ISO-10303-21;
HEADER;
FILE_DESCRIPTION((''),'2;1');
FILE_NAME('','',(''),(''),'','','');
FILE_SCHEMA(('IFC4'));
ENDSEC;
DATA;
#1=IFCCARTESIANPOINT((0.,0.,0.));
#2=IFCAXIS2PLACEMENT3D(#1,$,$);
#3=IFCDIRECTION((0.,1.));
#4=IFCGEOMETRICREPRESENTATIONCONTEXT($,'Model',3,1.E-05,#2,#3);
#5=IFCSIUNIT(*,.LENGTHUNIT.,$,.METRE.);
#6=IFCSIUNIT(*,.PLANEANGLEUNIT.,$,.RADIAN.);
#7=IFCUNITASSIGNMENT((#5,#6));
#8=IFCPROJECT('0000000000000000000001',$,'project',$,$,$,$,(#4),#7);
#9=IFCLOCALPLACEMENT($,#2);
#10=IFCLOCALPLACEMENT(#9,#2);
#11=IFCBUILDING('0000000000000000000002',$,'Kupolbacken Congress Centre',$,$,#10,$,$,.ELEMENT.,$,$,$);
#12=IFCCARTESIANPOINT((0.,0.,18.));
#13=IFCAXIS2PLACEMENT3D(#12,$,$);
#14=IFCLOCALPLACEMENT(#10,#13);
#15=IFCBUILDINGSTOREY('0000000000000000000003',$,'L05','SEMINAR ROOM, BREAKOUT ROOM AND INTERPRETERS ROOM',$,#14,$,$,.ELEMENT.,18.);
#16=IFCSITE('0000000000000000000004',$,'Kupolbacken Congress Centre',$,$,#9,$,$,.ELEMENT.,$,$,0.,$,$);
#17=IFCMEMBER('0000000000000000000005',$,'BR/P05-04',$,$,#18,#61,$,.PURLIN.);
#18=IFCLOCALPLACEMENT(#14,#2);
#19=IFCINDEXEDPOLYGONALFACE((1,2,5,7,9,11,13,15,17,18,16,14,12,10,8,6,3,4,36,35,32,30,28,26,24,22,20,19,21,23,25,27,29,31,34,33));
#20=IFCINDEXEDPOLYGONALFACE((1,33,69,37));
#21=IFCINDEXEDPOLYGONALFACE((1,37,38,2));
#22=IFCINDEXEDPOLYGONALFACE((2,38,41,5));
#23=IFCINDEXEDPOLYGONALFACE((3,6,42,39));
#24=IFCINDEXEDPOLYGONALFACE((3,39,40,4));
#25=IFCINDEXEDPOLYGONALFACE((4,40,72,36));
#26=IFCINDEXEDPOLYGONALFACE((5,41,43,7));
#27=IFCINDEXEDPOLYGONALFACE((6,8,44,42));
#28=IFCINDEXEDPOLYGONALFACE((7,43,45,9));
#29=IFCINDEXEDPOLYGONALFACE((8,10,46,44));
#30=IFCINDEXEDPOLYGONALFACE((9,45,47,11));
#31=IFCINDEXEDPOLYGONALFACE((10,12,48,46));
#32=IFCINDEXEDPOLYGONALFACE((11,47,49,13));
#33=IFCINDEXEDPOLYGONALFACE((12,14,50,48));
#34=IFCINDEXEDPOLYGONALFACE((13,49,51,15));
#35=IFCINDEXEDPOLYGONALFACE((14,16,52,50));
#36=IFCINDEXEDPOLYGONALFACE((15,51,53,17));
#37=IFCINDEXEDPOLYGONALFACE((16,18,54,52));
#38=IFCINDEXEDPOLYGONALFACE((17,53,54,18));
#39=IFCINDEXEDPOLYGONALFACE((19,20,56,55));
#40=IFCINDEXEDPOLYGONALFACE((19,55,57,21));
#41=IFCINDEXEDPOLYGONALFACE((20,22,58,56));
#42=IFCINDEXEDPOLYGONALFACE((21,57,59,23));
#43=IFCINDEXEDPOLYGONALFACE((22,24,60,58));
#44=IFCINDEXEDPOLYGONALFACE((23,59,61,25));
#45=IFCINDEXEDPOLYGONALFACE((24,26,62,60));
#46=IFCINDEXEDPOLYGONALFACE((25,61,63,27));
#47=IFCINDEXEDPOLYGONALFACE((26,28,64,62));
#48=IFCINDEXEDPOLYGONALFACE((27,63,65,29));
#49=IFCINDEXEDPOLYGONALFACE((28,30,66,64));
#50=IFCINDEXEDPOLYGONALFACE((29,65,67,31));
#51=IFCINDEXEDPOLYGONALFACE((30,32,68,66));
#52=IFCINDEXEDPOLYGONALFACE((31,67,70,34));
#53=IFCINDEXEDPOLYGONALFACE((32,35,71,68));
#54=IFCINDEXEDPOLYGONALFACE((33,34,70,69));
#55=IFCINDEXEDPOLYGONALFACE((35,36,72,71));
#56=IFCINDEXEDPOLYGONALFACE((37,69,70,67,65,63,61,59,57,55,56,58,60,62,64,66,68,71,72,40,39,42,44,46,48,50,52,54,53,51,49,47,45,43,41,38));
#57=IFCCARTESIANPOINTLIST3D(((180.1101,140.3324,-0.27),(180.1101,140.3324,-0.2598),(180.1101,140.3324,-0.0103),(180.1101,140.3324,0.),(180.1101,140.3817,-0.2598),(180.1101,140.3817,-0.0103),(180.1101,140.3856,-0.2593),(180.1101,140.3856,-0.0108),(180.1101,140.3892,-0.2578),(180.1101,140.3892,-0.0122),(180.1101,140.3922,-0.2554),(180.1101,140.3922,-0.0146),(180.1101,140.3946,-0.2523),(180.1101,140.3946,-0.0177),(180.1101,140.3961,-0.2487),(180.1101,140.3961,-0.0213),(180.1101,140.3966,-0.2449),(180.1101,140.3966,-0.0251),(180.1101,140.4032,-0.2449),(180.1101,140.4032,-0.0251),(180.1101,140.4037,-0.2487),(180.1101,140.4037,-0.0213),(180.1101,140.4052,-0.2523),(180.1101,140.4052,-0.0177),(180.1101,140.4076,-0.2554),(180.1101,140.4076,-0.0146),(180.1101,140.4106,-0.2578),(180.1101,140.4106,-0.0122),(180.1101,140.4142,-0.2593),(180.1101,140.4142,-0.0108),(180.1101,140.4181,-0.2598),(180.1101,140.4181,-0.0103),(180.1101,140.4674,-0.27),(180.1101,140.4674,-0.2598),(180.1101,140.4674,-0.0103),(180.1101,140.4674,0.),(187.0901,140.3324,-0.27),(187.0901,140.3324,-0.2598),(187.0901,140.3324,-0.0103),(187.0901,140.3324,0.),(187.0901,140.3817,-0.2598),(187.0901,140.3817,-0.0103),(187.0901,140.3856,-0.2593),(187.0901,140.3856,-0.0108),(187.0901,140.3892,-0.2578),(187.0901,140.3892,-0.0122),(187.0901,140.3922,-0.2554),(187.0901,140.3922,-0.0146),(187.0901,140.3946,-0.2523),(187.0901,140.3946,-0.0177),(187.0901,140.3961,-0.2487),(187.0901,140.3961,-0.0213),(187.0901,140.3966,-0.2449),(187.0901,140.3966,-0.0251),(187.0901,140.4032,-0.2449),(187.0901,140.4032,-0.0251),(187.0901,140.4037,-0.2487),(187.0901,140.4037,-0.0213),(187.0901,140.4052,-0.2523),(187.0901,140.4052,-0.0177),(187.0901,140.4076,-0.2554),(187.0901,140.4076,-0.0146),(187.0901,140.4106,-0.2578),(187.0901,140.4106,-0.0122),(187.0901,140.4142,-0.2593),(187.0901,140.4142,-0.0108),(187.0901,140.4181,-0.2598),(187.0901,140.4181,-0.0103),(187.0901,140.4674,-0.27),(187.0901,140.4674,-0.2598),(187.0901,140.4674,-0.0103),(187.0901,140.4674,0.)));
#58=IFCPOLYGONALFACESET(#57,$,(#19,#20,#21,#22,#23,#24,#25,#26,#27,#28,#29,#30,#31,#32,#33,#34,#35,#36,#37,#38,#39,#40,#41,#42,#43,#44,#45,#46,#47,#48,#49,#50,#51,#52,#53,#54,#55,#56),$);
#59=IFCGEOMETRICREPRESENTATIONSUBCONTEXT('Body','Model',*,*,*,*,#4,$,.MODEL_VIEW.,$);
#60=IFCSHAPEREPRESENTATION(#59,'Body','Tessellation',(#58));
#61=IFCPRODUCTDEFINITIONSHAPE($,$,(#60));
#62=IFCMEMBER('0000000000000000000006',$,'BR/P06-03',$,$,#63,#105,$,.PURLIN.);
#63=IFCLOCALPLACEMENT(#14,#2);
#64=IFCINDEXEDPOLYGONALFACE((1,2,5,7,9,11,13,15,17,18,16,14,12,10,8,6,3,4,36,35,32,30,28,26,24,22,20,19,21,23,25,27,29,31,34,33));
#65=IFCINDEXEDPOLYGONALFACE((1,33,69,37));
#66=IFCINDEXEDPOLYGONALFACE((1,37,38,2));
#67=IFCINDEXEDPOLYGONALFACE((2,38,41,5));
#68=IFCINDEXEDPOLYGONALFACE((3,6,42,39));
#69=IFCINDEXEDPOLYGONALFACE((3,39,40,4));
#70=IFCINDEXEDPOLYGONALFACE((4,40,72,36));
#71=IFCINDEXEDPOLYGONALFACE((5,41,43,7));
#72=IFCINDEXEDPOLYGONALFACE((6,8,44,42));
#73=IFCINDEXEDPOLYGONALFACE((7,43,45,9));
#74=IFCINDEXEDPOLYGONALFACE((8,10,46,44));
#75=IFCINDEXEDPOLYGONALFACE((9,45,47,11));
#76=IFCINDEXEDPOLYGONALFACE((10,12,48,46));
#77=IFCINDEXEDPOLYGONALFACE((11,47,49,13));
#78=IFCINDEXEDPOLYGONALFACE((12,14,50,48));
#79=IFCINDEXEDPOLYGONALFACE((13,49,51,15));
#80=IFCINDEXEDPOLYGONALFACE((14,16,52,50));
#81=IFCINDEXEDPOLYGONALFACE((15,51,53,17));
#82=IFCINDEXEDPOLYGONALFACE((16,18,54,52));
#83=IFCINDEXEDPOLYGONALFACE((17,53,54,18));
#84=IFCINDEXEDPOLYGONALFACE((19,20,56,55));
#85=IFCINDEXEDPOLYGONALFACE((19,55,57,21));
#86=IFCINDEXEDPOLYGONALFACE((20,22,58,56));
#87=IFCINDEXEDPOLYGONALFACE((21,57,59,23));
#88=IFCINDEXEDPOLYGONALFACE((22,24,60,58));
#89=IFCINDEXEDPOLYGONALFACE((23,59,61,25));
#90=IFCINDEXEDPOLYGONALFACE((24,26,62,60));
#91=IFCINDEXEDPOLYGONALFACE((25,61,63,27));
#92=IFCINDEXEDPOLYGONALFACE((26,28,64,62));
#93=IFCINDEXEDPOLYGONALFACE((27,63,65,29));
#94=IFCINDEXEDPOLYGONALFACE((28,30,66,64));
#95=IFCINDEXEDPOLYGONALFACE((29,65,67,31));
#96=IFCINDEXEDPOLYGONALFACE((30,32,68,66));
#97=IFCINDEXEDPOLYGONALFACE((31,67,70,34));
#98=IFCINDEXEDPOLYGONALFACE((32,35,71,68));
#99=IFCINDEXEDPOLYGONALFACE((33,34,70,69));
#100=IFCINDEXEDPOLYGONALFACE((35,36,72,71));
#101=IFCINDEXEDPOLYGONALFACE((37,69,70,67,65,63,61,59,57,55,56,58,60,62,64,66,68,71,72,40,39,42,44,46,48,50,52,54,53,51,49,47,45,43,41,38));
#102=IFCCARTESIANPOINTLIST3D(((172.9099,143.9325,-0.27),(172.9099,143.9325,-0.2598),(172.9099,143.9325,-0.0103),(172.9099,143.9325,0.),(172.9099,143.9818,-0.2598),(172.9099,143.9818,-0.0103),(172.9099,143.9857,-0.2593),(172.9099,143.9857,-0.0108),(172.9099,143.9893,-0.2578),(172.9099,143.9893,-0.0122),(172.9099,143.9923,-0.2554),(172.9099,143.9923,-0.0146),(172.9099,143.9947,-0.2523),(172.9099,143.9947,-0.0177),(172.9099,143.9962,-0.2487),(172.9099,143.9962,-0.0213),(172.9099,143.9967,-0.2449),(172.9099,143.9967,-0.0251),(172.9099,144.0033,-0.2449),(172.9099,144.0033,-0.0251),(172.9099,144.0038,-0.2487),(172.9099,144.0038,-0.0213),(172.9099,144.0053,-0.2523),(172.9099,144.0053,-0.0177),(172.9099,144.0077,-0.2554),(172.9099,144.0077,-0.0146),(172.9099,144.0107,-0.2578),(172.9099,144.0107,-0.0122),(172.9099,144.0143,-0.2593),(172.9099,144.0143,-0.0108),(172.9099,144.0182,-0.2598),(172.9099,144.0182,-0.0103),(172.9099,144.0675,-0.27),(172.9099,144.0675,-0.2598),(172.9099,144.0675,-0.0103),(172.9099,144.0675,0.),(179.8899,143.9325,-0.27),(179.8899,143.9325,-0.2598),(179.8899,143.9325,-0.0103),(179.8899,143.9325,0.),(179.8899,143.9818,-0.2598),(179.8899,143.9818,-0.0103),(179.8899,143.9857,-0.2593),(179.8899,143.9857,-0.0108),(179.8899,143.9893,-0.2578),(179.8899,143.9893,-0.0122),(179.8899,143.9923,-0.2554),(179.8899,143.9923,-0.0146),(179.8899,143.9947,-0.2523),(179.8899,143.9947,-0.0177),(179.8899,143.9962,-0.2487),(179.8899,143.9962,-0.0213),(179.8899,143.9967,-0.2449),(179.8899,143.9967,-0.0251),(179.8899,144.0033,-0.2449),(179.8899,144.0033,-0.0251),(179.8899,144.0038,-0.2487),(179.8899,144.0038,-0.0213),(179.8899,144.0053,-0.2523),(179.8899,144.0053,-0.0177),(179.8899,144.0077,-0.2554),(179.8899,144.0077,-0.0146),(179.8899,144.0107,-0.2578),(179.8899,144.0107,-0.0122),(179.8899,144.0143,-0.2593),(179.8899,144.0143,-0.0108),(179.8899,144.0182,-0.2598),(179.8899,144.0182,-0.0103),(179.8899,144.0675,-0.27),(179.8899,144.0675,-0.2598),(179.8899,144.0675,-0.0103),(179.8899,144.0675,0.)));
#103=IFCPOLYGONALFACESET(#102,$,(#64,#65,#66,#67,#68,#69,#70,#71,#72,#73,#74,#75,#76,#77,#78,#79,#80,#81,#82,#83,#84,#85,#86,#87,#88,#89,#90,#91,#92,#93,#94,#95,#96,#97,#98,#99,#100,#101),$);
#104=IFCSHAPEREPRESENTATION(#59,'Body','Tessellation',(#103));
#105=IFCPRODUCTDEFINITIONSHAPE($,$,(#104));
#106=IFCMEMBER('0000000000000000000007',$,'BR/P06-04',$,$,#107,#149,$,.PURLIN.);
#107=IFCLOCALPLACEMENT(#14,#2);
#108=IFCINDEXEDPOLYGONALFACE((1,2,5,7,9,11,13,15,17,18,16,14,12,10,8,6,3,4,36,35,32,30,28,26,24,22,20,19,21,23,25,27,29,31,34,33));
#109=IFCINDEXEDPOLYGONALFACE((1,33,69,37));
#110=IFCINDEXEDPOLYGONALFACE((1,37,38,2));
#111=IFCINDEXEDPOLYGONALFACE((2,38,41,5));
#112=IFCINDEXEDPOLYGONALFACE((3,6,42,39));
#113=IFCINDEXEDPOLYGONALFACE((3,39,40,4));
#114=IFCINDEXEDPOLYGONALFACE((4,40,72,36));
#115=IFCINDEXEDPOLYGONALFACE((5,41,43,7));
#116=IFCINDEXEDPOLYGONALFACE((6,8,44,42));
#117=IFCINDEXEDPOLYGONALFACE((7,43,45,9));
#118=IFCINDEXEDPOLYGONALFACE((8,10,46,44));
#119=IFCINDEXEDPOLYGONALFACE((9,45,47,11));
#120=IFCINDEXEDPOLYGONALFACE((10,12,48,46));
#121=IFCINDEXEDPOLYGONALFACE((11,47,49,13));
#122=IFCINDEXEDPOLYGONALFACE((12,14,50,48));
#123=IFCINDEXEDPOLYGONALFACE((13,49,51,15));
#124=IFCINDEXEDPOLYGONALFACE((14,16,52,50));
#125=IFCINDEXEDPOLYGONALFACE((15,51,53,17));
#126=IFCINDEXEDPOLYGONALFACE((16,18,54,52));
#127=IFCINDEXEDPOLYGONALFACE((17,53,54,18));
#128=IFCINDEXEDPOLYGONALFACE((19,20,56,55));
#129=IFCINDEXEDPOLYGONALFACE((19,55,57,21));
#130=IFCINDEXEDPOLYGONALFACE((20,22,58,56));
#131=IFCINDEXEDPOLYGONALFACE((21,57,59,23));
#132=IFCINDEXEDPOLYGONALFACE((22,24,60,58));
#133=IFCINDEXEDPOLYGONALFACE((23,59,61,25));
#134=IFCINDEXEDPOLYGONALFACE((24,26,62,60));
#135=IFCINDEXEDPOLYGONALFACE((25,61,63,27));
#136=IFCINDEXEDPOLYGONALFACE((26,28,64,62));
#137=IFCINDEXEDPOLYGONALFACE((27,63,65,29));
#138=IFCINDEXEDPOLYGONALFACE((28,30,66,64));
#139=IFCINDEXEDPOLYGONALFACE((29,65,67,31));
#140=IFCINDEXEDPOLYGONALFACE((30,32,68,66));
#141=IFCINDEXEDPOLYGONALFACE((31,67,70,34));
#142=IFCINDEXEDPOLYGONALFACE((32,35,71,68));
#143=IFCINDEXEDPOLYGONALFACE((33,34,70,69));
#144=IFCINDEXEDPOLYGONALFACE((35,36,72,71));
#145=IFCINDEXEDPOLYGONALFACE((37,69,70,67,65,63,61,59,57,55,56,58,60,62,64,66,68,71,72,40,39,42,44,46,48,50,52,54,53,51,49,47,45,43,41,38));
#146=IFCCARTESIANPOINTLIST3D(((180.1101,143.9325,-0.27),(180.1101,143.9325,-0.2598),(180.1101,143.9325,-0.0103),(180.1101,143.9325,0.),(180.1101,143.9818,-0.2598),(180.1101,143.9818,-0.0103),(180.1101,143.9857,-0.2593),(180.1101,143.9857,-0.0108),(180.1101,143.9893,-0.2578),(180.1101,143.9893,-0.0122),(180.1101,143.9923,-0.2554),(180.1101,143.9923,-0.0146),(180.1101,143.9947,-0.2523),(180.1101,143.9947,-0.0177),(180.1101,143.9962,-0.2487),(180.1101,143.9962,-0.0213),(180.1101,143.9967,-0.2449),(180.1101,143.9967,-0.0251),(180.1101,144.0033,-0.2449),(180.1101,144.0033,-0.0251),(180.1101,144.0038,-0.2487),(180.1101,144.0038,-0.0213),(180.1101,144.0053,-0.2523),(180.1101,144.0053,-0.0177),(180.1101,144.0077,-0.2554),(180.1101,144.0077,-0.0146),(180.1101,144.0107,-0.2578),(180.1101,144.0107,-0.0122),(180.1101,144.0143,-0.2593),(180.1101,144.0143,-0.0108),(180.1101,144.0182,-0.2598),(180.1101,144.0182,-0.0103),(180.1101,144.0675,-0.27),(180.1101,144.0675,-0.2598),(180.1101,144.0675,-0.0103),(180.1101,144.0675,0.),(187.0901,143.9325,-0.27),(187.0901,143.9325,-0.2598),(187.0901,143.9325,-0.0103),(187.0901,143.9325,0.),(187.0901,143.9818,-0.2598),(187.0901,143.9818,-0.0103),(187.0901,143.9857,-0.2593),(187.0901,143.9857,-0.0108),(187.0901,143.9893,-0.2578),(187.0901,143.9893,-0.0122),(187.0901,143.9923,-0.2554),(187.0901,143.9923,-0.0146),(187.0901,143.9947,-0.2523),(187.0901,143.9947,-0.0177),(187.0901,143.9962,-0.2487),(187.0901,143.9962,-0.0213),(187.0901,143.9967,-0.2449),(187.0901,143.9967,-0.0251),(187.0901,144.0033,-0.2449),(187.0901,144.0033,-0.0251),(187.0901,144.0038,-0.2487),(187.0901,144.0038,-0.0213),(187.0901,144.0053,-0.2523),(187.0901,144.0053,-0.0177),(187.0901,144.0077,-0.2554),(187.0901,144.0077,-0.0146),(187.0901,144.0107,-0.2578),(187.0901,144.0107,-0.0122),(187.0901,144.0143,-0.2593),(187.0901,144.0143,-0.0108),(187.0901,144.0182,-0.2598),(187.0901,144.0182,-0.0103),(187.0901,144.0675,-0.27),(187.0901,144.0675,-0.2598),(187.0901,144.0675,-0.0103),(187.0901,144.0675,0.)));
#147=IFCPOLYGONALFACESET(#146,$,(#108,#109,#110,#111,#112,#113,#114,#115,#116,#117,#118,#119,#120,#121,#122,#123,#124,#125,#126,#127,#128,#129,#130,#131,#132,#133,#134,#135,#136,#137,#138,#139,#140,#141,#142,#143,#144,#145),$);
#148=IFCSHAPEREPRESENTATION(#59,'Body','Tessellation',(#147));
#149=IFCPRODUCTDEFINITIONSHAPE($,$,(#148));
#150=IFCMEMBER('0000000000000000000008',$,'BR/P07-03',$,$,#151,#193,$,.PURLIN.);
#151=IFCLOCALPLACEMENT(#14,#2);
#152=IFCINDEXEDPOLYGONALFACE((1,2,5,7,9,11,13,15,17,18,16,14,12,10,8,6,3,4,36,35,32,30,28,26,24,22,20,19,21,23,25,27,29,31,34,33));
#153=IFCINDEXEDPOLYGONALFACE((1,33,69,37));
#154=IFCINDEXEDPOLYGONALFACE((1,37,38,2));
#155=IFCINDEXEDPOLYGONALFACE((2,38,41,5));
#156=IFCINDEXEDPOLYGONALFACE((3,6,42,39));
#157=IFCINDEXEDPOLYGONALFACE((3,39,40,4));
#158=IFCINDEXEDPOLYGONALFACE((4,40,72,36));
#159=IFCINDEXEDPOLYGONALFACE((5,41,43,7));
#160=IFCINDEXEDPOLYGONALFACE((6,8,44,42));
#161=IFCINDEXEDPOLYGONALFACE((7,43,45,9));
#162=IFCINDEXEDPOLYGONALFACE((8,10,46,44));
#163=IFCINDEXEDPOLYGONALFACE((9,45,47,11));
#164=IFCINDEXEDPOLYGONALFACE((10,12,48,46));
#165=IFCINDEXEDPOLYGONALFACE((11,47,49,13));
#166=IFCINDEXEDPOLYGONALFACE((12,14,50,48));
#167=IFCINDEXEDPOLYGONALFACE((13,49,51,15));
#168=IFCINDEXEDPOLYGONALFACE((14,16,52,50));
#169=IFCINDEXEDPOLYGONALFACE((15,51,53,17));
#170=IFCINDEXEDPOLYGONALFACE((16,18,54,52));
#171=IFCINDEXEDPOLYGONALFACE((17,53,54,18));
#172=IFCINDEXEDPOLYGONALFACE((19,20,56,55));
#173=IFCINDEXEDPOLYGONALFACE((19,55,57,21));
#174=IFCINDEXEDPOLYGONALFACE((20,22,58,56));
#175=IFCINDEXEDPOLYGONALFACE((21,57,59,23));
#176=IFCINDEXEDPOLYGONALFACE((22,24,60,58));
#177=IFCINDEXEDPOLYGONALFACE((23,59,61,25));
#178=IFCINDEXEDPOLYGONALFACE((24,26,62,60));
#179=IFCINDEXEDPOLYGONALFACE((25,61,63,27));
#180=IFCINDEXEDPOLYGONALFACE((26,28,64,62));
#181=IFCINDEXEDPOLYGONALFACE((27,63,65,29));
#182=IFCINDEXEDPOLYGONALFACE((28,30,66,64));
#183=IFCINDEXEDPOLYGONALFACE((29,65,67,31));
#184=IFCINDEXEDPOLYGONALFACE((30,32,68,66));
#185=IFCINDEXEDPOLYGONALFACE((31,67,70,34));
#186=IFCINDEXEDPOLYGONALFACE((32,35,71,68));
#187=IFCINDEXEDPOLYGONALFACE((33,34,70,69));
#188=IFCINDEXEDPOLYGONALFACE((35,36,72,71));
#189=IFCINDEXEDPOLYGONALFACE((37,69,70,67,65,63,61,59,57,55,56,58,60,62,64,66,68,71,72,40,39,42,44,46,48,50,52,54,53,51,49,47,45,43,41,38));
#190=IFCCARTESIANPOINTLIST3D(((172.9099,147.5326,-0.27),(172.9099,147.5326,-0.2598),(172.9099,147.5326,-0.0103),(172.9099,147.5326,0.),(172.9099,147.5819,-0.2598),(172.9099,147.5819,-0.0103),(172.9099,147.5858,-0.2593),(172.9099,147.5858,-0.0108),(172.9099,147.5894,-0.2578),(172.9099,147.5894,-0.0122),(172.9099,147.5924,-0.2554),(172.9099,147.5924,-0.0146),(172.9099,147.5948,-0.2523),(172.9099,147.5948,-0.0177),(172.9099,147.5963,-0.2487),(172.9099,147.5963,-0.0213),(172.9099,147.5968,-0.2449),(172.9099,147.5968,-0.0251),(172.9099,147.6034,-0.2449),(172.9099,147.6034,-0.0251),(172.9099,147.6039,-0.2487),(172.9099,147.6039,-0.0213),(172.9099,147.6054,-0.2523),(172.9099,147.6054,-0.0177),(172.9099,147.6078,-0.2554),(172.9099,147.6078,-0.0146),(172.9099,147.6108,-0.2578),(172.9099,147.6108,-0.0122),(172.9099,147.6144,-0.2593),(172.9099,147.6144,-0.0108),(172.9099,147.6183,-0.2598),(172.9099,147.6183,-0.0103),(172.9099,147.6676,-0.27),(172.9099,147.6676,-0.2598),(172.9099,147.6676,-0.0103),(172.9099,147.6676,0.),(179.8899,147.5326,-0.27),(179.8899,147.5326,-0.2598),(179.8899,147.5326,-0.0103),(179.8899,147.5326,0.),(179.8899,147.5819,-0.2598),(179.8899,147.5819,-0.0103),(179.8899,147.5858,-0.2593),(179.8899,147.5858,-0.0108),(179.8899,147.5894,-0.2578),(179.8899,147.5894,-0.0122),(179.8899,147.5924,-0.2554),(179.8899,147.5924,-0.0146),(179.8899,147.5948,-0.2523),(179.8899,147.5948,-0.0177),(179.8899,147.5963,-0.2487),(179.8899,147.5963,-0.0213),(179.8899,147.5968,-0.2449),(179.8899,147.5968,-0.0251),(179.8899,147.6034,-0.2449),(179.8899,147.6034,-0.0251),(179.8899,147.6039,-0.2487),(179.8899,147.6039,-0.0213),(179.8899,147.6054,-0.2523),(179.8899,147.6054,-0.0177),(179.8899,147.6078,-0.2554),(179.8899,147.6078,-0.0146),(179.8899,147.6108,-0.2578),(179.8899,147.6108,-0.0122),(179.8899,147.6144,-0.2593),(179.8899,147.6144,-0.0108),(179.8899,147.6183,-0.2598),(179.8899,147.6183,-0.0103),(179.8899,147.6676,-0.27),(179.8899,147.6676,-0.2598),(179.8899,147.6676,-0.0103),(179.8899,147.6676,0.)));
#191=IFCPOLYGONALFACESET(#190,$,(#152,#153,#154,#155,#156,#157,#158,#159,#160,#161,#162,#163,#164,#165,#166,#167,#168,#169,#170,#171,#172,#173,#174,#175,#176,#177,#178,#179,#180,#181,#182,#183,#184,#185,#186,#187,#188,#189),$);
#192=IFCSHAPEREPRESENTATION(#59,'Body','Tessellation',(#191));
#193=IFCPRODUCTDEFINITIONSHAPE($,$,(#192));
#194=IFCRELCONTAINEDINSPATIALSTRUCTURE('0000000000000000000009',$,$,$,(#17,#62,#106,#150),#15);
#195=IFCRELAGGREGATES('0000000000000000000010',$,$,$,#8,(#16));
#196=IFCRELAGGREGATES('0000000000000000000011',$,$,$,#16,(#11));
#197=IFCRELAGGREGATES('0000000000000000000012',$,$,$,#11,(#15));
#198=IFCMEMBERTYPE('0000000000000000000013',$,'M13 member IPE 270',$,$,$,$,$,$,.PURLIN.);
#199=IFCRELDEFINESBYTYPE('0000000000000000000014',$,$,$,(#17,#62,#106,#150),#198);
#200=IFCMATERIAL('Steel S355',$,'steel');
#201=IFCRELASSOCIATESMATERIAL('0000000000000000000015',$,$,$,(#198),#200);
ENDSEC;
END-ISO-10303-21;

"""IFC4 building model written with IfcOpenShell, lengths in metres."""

from ifc_helpers import new_model, si_unit, direction, frame, origin, origin_2d, place, context, subcontext, project, spatial, i_section, extrude, material, material_profile, profile_set, type_object, element, save


model = new_model("IFC4")

# Units and contexts
model_context = context("Model", 3, precision=1e-05, world=origin(), true_north=direction((0.0, 1.0)))
body_context = subcontext(model_context, "Body", "Model", "MODEL_VIEW")
ifc_project = project(units=[si_unit("LENGTHUNIT", "METRE"), si_unit("PLANEANGLEUNIT", "RADIAN")], contexts=[model_context])

# Site, building, storey
site_placement = place(None, origin())
site = spatial("IfcSite", under=ifc_project, at=site_placement, Name="Kupolbacken Congress Centre", CompositionType="ELEMENT", RefElevation=0.0)
building_placement = place(site_placement, origin())
building = spatial("IfcBuilding", under=site, at=building_placement, Name="Kupolbacken Congress Centre", CompositionType="ELEMENT")
storey_placement = place(building_placement, frame((0.0, 0.0, 18.0)))
storey = spatial("IfcBuildingStorey", under=building, at=storey_placement, Name="L05", Description="SEMINAR ROOM, BREAKOUT ROOM AND INTERPRETERS ROOM", CompositionType="ELEMENT", Elevation=18.0)

# Members
ifc_material_1 = material(Name="Steel S355", Category="steel")
ifc_material_profile_1 = material_profile(ifc_material_1, i_section(OverallWidth=0.135, OverallDepth=0.27, WebThickness=0.0066, FlangeThickness=0.0103, FilletRadius=0.0149, at=origin_2d()), Name="IPE 270")
ifc_profile_set_1 = profile_set([ifc_material_profile_1], Name="Steel S355")
member_type_1 = type_object("IfcMemberType", Name="M13 member IPE 270", PredefinedType="PURLIN", material=ifc_profile_set_1)
for number, where, z_axis, x_axis, name in (
    (1, (180.1101, 140.3999, -0.135), (1.0, 0.0, 0.0), (0.0, 1.0, 0.0), "BR/P05-04"),
    (2, (172.9099, 144.0, -0.135), (1.0, 0.0, 0.0), (0.0, 1.0, 0.0), "BR/P06-03"),
    (3, (180.1101, 144.0, -0.135), (1.0, 0.0, 0.0), (0.0, 1.0, 0.0), "BR/P06-04"),
    (4, (172.9099, 147.6001, -0.135), (1.0, 0.0, 0.0), (0.0, 1.0, 0.0), "BR/P07-03"),
):
    element("IfcMember", number, at=place(storey_placement, frame(where, z_axis=z_axis, x_axis=x_axis)), inside=storey, type_object=member_type_1, Name=name, PredefinedType="PURLIN", context=body_context, shape_type="SweptSolid", body=[
        extrude(i_section(OverallWidth=0.135, OverallDepth=0.27, WebThickness=0.0066, FlangeThickness=0.0103, FilletRadius=0.0149, at=origin_2d()), origin(), (0.0, 0.0, 1.0), 6.98),
    ])

save(model, "model.ifc")
